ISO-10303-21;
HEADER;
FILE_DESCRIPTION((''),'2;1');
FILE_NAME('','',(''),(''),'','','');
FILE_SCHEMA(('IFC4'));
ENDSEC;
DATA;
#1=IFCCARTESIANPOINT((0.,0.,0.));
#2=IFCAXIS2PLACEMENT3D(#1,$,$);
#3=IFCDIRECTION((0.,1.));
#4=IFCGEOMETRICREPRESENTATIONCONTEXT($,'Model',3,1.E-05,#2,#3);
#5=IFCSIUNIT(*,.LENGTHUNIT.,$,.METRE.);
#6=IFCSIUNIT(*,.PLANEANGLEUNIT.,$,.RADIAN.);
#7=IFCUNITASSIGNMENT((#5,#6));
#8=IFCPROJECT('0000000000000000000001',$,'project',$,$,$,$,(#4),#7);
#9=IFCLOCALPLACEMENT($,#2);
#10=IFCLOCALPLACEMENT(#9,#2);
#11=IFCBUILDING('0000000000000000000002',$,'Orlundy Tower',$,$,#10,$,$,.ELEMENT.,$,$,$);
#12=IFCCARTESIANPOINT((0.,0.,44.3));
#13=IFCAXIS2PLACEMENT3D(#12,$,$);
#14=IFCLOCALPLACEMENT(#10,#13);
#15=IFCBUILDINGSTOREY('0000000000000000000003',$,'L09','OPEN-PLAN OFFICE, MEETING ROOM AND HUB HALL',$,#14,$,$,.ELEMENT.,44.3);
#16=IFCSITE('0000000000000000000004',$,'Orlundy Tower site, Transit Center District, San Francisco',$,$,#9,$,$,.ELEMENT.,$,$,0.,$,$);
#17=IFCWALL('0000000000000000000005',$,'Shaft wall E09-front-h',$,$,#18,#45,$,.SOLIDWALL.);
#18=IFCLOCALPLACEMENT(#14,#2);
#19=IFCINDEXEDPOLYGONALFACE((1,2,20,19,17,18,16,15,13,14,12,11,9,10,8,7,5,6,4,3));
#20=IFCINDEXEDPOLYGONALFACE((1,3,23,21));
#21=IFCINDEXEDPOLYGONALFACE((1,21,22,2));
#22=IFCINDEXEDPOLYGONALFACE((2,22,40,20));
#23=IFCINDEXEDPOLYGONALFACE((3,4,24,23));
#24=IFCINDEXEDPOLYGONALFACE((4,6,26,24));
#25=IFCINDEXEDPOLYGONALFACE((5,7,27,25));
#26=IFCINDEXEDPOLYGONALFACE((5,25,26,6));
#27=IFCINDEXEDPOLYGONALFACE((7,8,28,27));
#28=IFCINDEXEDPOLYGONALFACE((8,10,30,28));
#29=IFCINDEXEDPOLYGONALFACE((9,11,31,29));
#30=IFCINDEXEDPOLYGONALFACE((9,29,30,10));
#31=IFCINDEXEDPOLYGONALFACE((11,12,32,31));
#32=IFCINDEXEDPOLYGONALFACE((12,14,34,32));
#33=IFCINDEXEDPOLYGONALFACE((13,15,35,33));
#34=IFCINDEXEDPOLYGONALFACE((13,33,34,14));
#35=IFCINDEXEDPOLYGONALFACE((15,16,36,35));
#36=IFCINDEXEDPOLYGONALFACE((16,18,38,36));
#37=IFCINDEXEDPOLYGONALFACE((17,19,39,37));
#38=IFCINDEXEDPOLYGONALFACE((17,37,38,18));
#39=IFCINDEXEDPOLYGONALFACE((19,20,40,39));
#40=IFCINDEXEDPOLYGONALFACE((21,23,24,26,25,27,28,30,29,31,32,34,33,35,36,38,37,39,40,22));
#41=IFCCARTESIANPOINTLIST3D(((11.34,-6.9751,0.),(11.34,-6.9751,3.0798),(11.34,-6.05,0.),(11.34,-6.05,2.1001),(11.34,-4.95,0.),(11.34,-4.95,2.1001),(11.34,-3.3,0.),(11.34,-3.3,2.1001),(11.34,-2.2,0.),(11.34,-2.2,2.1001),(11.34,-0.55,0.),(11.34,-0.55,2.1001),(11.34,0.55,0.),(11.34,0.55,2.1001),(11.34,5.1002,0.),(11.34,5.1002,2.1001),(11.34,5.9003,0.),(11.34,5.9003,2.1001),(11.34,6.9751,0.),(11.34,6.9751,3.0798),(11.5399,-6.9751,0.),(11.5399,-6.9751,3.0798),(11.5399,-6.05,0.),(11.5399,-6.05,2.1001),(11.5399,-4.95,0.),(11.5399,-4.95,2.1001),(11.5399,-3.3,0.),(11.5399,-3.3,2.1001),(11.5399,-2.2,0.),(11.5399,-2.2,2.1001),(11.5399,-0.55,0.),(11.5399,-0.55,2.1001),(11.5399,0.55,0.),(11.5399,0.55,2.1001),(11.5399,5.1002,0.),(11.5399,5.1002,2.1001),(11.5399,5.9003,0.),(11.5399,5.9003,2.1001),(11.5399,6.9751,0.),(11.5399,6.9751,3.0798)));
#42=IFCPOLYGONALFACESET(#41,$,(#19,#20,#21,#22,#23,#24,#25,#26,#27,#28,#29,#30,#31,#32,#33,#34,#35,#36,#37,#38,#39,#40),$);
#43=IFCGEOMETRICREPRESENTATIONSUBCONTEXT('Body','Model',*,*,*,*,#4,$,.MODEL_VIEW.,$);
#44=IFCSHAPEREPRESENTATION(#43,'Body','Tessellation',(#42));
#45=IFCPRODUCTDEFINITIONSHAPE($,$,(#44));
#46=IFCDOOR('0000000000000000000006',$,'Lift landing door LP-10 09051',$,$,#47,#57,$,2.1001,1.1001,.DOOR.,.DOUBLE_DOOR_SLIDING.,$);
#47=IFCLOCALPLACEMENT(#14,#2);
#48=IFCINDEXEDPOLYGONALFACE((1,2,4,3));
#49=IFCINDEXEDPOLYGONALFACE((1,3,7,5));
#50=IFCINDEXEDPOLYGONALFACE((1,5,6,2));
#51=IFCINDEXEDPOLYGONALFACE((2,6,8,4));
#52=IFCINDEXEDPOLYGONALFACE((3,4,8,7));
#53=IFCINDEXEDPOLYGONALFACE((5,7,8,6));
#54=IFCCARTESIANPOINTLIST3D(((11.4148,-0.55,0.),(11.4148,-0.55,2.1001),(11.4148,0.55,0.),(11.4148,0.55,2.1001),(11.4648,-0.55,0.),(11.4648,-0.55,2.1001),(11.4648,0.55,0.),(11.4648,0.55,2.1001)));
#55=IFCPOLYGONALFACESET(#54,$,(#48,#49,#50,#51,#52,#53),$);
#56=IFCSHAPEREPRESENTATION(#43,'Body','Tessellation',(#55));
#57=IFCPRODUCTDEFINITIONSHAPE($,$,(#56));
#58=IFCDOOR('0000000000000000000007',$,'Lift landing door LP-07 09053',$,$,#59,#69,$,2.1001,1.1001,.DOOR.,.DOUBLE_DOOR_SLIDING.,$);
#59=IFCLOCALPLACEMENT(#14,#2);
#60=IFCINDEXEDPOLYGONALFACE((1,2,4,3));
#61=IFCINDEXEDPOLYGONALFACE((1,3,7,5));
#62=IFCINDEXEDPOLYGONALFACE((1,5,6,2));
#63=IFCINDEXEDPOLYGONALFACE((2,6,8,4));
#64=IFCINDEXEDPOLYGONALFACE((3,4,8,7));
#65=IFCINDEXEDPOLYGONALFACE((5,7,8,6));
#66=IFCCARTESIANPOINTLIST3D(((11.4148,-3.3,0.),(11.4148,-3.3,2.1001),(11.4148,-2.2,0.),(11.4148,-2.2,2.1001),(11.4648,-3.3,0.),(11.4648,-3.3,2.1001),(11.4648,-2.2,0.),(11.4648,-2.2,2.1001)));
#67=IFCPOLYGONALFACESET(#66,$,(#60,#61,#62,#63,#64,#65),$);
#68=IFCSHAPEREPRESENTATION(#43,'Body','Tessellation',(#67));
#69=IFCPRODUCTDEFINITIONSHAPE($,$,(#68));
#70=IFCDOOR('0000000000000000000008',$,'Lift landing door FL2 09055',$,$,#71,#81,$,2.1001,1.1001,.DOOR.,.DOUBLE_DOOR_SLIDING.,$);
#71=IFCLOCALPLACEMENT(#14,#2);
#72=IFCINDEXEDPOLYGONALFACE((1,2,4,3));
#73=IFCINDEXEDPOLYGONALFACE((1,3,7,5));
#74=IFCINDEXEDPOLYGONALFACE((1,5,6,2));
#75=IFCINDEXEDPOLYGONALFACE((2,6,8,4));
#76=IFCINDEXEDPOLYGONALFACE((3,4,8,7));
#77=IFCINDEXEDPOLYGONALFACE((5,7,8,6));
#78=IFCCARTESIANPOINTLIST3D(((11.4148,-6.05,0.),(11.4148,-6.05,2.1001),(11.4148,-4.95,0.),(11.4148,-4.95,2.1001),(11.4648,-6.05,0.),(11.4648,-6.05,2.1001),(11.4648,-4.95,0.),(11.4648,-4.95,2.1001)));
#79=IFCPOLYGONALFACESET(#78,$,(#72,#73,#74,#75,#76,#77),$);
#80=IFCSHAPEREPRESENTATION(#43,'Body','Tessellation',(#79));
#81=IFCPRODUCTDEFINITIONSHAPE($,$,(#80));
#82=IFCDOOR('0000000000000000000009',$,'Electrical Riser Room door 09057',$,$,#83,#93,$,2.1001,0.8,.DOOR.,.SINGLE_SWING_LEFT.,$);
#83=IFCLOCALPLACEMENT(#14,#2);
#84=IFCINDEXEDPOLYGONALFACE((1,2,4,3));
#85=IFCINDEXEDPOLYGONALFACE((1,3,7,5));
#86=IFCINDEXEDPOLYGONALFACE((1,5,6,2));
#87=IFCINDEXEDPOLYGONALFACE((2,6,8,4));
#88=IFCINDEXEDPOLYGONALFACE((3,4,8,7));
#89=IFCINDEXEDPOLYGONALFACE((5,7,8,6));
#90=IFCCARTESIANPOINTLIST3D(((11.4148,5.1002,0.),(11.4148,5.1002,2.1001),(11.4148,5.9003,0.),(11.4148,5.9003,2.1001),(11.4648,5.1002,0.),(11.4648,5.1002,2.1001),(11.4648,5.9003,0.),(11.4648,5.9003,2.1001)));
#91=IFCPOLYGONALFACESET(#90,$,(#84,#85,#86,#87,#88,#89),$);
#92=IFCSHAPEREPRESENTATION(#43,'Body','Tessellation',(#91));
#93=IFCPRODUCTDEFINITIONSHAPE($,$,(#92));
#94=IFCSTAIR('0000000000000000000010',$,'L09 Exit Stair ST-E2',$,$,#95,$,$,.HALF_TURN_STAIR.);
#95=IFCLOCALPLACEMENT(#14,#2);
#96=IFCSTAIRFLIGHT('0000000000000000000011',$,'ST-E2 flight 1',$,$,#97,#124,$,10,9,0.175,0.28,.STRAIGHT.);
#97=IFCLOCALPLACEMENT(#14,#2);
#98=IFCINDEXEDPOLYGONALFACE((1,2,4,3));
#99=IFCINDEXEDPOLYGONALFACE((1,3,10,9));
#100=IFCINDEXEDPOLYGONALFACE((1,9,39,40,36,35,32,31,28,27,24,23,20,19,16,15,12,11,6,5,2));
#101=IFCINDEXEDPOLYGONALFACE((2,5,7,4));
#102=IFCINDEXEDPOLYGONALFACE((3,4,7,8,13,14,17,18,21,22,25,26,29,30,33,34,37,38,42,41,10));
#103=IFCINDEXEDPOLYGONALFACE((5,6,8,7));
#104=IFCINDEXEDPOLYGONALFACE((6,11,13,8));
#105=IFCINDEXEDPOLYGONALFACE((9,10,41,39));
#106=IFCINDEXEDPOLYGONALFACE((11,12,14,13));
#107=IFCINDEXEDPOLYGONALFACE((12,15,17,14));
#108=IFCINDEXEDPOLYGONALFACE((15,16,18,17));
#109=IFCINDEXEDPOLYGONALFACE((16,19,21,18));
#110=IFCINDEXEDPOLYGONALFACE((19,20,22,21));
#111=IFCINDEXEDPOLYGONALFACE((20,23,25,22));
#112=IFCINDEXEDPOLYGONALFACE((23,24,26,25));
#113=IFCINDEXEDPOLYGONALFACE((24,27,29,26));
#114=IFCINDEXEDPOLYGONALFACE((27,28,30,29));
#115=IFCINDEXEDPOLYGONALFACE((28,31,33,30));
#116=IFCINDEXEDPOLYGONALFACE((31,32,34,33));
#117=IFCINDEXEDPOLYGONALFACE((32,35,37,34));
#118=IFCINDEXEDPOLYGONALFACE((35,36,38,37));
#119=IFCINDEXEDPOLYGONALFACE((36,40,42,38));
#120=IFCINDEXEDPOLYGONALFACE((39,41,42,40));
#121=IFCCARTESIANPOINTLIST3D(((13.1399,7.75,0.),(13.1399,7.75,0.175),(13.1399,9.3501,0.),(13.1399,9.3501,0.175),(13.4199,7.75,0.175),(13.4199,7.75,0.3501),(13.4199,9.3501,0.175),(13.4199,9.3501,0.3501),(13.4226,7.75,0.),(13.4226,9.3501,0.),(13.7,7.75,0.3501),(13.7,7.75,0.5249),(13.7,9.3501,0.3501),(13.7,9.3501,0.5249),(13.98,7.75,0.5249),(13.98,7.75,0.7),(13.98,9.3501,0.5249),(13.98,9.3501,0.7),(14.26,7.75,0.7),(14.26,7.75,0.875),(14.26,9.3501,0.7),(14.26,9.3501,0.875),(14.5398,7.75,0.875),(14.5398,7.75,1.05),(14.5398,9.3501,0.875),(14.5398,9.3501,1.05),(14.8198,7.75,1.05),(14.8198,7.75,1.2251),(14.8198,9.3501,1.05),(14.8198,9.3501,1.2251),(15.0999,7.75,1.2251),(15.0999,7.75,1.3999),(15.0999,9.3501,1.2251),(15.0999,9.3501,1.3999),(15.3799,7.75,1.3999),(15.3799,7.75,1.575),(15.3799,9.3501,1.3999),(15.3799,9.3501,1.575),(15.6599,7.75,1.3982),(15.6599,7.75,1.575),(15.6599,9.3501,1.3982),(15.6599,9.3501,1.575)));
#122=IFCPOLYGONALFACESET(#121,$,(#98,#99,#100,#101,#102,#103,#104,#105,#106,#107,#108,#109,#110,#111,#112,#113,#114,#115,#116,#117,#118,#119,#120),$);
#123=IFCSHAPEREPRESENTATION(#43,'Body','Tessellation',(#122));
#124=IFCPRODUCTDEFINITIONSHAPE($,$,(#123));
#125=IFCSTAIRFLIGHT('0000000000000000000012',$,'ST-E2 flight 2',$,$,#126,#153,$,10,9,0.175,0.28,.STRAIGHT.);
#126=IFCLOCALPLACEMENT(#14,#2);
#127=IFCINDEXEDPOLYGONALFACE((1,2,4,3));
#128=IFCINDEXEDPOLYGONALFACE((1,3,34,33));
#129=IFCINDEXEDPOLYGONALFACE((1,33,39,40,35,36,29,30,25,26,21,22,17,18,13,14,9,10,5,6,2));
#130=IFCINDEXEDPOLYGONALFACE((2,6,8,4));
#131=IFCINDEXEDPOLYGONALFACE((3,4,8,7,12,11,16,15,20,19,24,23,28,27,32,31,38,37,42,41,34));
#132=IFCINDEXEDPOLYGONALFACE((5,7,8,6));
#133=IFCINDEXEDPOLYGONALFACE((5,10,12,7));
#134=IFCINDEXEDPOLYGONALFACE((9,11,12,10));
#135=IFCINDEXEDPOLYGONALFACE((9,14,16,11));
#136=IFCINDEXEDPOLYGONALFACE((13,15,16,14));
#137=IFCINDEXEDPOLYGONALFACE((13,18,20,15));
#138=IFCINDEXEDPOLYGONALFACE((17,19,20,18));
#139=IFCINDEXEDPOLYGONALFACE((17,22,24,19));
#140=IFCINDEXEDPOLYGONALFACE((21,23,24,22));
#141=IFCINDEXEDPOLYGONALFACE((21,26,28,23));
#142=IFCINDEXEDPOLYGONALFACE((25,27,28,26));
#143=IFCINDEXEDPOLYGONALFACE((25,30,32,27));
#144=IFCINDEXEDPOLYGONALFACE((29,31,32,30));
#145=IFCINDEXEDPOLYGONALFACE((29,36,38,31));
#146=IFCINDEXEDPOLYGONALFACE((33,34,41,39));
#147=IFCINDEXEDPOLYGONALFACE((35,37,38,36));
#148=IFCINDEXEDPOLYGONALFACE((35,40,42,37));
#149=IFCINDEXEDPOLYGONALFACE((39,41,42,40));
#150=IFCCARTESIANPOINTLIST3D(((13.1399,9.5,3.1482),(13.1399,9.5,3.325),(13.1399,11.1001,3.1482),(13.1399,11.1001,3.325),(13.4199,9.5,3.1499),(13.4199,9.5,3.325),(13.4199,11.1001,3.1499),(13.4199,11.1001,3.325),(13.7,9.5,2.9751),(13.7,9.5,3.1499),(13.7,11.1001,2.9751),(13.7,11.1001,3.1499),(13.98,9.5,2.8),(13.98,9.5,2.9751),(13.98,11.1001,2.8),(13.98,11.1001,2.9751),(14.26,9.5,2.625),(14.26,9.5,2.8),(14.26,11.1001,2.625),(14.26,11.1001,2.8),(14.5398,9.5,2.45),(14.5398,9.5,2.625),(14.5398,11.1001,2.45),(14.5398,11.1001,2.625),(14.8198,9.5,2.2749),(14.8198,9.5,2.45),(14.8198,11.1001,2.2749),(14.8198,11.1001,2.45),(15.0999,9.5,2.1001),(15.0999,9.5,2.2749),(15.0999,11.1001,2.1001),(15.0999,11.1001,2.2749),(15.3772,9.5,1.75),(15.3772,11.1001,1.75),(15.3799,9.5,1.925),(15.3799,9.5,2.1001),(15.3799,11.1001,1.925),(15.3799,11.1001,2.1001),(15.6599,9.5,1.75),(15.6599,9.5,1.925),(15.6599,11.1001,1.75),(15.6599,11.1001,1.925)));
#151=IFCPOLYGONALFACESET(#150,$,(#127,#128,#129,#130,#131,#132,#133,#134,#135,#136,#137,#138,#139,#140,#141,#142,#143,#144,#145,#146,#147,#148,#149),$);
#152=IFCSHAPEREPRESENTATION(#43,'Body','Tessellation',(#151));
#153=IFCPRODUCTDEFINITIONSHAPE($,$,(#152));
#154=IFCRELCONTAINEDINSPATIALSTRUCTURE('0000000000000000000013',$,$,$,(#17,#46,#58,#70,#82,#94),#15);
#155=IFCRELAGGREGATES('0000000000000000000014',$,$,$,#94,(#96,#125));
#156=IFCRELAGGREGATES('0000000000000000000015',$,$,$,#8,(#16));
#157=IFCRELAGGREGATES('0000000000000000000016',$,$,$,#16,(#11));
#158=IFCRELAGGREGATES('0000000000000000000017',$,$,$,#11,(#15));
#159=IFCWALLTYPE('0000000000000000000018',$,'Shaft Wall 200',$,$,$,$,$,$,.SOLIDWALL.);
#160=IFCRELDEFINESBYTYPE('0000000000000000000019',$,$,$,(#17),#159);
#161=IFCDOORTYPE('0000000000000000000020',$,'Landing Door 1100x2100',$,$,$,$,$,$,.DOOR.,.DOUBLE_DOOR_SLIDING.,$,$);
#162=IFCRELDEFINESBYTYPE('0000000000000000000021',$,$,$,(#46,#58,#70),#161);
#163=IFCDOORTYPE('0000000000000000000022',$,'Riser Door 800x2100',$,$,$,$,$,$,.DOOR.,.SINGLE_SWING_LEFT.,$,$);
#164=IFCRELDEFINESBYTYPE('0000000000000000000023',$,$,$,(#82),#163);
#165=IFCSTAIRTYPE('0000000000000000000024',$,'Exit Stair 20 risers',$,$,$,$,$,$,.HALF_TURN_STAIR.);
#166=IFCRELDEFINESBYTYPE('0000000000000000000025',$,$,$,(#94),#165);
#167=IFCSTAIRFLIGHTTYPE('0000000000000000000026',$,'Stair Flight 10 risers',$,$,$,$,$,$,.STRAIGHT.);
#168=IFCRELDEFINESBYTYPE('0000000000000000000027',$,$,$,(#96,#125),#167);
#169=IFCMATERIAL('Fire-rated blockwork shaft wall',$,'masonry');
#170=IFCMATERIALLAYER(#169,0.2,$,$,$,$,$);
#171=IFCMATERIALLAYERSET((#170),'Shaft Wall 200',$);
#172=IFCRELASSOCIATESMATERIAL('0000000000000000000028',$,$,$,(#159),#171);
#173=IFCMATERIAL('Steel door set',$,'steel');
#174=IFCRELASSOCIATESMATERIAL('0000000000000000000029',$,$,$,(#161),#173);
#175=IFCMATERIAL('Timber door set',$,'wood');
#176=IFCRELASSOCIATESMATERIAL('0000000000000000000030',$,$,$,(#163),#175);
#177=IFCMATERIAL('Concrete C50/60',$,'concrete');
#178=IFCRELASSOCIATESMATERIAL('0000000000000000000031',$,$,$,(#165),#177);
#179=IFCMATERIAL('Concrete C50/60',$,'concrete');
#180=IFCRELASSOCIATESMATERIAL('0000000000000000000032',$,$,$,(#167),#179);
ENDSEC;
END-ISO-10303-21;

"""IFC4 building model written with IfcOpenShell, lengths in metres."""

from ifc_helpers import new_model, si_unit, direction, frame, frame_2d, origin, place, context, subcontext, project, spatial, polyline, rectangle, outline, extrude, material, layer, layer_set, type_object, element, fill, aggregate, save


model = new_model("IFC4")

# Units and contexts
model_context = context("Model", 3, precision=1e-05, world=origin(), true_north=direction((0.0, 1.0)))
body_context = subcontext(model_context, "Body", "Model", "MODEL_VIEW")
ifc_project = project(units=[si_unit("LENGTHUNIT", "METRE"), si_unit("PLANEANGLEUNIT", "RADIAN")], contexts=[model_context])

# Site, building, storey
site_placement = place(None, origin())
site = spatial("IfcSite", under=ifc_project, at=site_placement, Name="Orlundy Tower site, Transit Center District, San Francisco", CompositionType="ELEMENT", RefElevation=0.0)
building_placement = place(site_placement, origin())
building = spatial("IfcBuilding", under=site, at=building_placement, Name="Orlundy Tower", CompositionType="ELEMENT")
storey_placement = place(building_placement, frame((0.0, 0.0, 44.3)))
storey = spatial("IfcBuildingStorey", under=building, at=storey_placement, Name="L09", Description="OPEN-PLAN OFFICE, MEETING ROOM AND HUB HALL", CompositionType="ELEMENT", Elevation=44.3)

# Wall, openings, doors
ifc_material_1 = material(Name="Fire-rated blockwork shaft wall", Category="masonry")
ifc_layer_1 = layer(ifc_material_1, 0.2)
ifc_layer_set_1 = layer_set([ifc_layer_1], Name="Shaft Wall 200")
wall_type_1 = type_object("IfcWallType", Name="Shaft Wall 200", PredefinedType="SOLIDWALL", material=ifc_layer_set_1)
wall_1_placement = place(storey_placement, frame((11.4399, 6.9751, 0.0), z_axis=(0.0, 0.0, 1.0), x_axis=(0.0, -1.0, 0.0)))
wall_1 = element("IfcWall", 1, at=wall_1_placement, inside=storey, type_object=wall_type_1, Name="Shaft wall E09-front-h", PredefinedType="SOLIDWALL", context=body_context, shape_type="SweptSolid", body=[
    extrude(rectangle(XDim=13.9502, YDim=0.2, at=frame_2d((6.9751, 0.0))), origin(), (0.0, 0.0, 1.0), 3.0798),
])
opening_1_placement = place(wall_1_placement, frame((6.425, 0.0, 0.0)))
opening_1 = element("IfcOpeningElement", 2, at=opening_1_placement, cuts=wall_1, PredefinedType="OPENING", context=body_context, shape_type="SweptSolid", body=[
    extrude(rectangle(XDim=1.1001, YDim=2.1001, at=frame_2d((0.55, 1.05))), frame((0.0, 0.1101, 0.0), z_axis=(0.0, -1.0, 0.0), x_axis=(1.0, 0.0, 0.0)), (0.0, 0.0, 1.0), 0.2202),
])
opening_2_placement = place(wall_1_placement, frame((9.175, 0.0, 0.0)))
opening_2 = element("IfcOpeningElement", 3, at=opening_2_placement, cuts=wall_1, PredefinedType="OPENING", context=body_context, shape_type="SweptSolid", body=[
    extrude(rectangle(XDim=1.1001, YDim=2.1001, at=frame_2d((0.55, 1.05))), frame((0.0, 0.1101, 0.0), z_axis=(0.0, -1.0, 0.0), x_axis=(1.0, 0.0, 0.0)), (0.0, 0.0, 1.0), 0.2202),
])
opening_3_placement = place(wall_1_placement, frame((11.925, 0.0, 0.0)))
opening_3 = element("IfcOpeningElement", 4, at=opening_3_placement, cuts=wall_1, PredefinedType="OPENING", context=body_context, shape_type="SweptSolid", body=[
    extrude(rectangle(XDim=1.1001, YDim=2.1001, at=frame_2d((0.55, 1.05))), frame((0.0, 0.1101, 0.0), z_axis=(0.0, -1.0, 0.0), x_axis=(1.0, 0.0, 0.0)), (0.0, 0.0, 1.0), 0.2202),
])
opening_4_placement = place(wall_1_placement, frame((1.075, 0.0, 0.0)))
opening_4 = element("IfcOpeningElement", 5, at=opening_4_placement, cuts=wall_1, PredefinedType="OPENING", context=body_context, shape_type="SweptSolid", body=[
    extrude(rectangle(XDim=0.8, YDim=2.1001, at=frame_2d((0.3999, 1.05))), frame((0.0, 0.1101, 0.0), z_axis=(0.0, -1.0, 0.0), x_axis=(1.0, 0.0, 0.0)), (0.0, 0.0, 1.0), 0.2202),
])
ifc_material_2 = material(Name="Steel door set", Category="steel")
door_type_1 = type_object("IfcDoorType", Name="Landing Door 1100x2100", OperationType="DOUBLE_DOOR_SLIDING", PredefinedType="DOOR", material=ifc_material_2)
door_1_placement = place(opening_1_placement, origin())
door_1 = element("IfcDoor", 6, at=door_1_placement, inside=storey, type_object=door_type_1, Name="Lift landing door LP-10 09051", OperationType="DOUBLE_DOOR_SLIDING", OverallHeight=2.1001, OverallWidth=1.1001, PredefinedType="DOOR", context=body_context, shape_type="SweptSolid", body=[
    extrude(rectangle(XDim=1.1001, YDim=2.1001, at=frame_2d((0.55, 1.05))), frame((0.0, 0.0249, 0.0), z_axis=(0.0, -1.0, 0.0), x_axis=(1.0, 0.0, 0.0)), (0.0, 0.0, 1.0), 0.05),
])
fill(opening_1, door_1)
door_2_placement = place(opening_2_placement, origin())
door_2 = element("IfcDoor", 7, at=door_2_placement, inside=storey, type_object=door_type_1, Name="Lift landing door LP-07 09053", OperationType="DOUBLE_DOOR_SLIDING", OverallHeight=2.1001, OverallWidth=1.1001, PredefinedType="DOOR", context=body_context, shape_type="SweptSolid", body=[
    extrude(rectangle(XDim=1.1001, YDim=2.1001, at=frame_2d((0.55, 1.05))), frame((0.0, 0.0249, 0.0), z_axis=(0.0, -1.0, 0.0), x_axis=(1.0, 0.0, 0.0)), (0.0, 0.0, 1.0), 0.05),
])
fill(opening_2, door_2)
door_3_placement = place(opening_3_placement, origin())
door_3 = element("IfcDoor", 8, at=door_3_placement, inside=storey, type_object=door_type_1, Name="Lift landing door FL2 09055", OperationType="DOUBLE_DOOR_SLIDING", OverallHeight=2.1001, OverallWidth=1.1001, PredefinedType="DOOR", context=body_context, shape_type="SweptSolid", body=[
    extrude(rectangle(XDim=1.1001, YDim=2.1001, at=frame_2d((0.55, 1.05))), frame((0.0, 0.0249, 0.0), z_axis=(0.0, -1.0, 0.0), x_axis=(1.0, 0.0, 0.0)), (0.0, 0.0, 1.0), 0.05),
])
fill(opening_3, door_3)
ifc_material_3 = material(Name="Timber door set", Category="wood")
door_type_2 = type_object("IfcDoorType", Name="Riser Door 800x2100", OperationType="SINGLE_SWING_LEFT", PredefinedType="DOOR", material=ifc_material_3)
door_4_placement = place(opening_4_placement, origin())
door_4 = element("IfcDoor", 9, at=door_4_placement, inside=storey, type_object=door_type_2, Name="Electrical Riser Room door 09057", OperationType="SINGLE_SWING_LEFT", OverallHeight=2.1001, OverallWidth=0.8, PredefinedType="DOOR", context=body_context, shape_type="SweptSolid", body=[
    extrude(rectangle(XDim=0.8, YDim=2.1001, at=frame_2d((0.3999, 1.05))), frame((0.0, 0.0249, 0.0), z_axis=(0.0, -1.0, 0.0), x_axis=(1.0, 0.0, 0.0)), (0.0, 0.0, 1.0), 0.05),
])
fill(opening_4, door_4)

# Stair, stair flights
ifc_material_4 = material(Name="Concrete C50/60", Category="concrete")
stair_type = type_object("IfcStairType", Name="Exit Stair 20 risers", PredefinedType="HALF_TURN_STAIR", material=ifc_material_4)
stair_placement = place(storey_placement, origin())
stair = element("IfcStair", 10, at=stair_placement, inside=storey, type_object=stair_type, Name="L09 Exit Stair ST-E2", PredefinedType="HALF_TURN_STAIR")
ifc_material_5 = material(Name="Concrete C50/60", Category="concrete")
stair_flight_type = type_object("IfcStairFlightType", Name="Stair Flight 10 risers", PredefinedType="STRAIGHT", material=ifc_material_5)
stair_flight_1_placement = place(storey_placement, frame((13.1399, 8.55, 0.0), z_axis=(0.0, 0.0, 1.0), x_axis=(1.0, 0.0, 0.0)))
stair_flight_1 = element("IfcStairFlight", 11, at=stair_flight_1_placement, type_object=stair_flight_type, Name="ST-E2 flight 1", NumberOfRisers=10, NumberOfTreads=9, PredefinedType="STRAIGHT", RiserHeight=0.175, TreadLength=0.28, context=body_context, shape_type="SweptSolid", body=[
    extrude(outline(polyline([(0.0, 0.0), (0.0, 0.175), (0.28, 0.175), (0.28, 0.3501), (0.5601, 0.3501), (0.5601, 0.5249), (0.8401, 0.5249), (0.8401, 0.7), (1.1201, 0.7), (1.1201, 0.875), (1.3999, 0.875), (1.3999, 1.05), (1.6799, 1.05), (1.6799, 1.2251), (1.96, 1.2251), (1.96, 1.3999), (2.24, 1.3999), (2.24, 1.575), (2.52, 1.575), (2.52, 1.75), (2.52, 1.3982), (0.2827, 0.0), (0.0, 0.0)])), frame((0.0, 0.8, 0.0), z_axis=(0.0, -1.0, 0.0), x_axis=(1.0, 0.0, 0.0)), (0.0, 0.0, 1.0), 1.6001),
])
stair_flight_2_placement = place(storey_placement, frame((15.6599, 10.3, 1.75), z_axis=(0.0, 0.0, 1.0), x_axis=(-1.0, 0.0, 0.0)))
stair_flight_2 = element("IfcStairFlight", 12, at=stair_flight_2_placement, type_object=stair_flight_type, Name="ST-E2 flight 2", NumberOfRisers=10, NumberOfTreads=9, PredefinedType="STRAIGHT", RiserHeight=0.175, TreadLength=0.28, context=body_context, shape_type="SweptSolid", body=[
    extrude(outline(polyline([(0.0, 0.0), (0.0, 0.175), (0.28, 0.175), (0.28, 0.3501), (0.5601, 0.3501), (0.5601, 0.5249), (0.8401, 0.5249), (0.8401, 0.7), (1.1201, 0.7), (1.1201, 0.875), (1.3999, 0.875), (1.3999, 1.05), (1.6799, 1.05), (1.6799, 1.2251), (1.96, 1.2251), (1.96, 1.3999), (2.24, 1.3999), (2.24, 1.575), (2.52, 1.575), (2.52, 1.75), (2.52, 1.3982), (0.2827, 0.0), (0.0, 0.0)])), frame((0.0, 0.8, 0.0), z_axis=(0.0, -1.0, 0.0), x_axis=(1.0, 0.0, 0.0)), (0.0, 0.0, 1.0), 1.6001),
])
aggregate(stair, [stair_flight_1, stair_flight_2])

save(model, "model.ifc")
